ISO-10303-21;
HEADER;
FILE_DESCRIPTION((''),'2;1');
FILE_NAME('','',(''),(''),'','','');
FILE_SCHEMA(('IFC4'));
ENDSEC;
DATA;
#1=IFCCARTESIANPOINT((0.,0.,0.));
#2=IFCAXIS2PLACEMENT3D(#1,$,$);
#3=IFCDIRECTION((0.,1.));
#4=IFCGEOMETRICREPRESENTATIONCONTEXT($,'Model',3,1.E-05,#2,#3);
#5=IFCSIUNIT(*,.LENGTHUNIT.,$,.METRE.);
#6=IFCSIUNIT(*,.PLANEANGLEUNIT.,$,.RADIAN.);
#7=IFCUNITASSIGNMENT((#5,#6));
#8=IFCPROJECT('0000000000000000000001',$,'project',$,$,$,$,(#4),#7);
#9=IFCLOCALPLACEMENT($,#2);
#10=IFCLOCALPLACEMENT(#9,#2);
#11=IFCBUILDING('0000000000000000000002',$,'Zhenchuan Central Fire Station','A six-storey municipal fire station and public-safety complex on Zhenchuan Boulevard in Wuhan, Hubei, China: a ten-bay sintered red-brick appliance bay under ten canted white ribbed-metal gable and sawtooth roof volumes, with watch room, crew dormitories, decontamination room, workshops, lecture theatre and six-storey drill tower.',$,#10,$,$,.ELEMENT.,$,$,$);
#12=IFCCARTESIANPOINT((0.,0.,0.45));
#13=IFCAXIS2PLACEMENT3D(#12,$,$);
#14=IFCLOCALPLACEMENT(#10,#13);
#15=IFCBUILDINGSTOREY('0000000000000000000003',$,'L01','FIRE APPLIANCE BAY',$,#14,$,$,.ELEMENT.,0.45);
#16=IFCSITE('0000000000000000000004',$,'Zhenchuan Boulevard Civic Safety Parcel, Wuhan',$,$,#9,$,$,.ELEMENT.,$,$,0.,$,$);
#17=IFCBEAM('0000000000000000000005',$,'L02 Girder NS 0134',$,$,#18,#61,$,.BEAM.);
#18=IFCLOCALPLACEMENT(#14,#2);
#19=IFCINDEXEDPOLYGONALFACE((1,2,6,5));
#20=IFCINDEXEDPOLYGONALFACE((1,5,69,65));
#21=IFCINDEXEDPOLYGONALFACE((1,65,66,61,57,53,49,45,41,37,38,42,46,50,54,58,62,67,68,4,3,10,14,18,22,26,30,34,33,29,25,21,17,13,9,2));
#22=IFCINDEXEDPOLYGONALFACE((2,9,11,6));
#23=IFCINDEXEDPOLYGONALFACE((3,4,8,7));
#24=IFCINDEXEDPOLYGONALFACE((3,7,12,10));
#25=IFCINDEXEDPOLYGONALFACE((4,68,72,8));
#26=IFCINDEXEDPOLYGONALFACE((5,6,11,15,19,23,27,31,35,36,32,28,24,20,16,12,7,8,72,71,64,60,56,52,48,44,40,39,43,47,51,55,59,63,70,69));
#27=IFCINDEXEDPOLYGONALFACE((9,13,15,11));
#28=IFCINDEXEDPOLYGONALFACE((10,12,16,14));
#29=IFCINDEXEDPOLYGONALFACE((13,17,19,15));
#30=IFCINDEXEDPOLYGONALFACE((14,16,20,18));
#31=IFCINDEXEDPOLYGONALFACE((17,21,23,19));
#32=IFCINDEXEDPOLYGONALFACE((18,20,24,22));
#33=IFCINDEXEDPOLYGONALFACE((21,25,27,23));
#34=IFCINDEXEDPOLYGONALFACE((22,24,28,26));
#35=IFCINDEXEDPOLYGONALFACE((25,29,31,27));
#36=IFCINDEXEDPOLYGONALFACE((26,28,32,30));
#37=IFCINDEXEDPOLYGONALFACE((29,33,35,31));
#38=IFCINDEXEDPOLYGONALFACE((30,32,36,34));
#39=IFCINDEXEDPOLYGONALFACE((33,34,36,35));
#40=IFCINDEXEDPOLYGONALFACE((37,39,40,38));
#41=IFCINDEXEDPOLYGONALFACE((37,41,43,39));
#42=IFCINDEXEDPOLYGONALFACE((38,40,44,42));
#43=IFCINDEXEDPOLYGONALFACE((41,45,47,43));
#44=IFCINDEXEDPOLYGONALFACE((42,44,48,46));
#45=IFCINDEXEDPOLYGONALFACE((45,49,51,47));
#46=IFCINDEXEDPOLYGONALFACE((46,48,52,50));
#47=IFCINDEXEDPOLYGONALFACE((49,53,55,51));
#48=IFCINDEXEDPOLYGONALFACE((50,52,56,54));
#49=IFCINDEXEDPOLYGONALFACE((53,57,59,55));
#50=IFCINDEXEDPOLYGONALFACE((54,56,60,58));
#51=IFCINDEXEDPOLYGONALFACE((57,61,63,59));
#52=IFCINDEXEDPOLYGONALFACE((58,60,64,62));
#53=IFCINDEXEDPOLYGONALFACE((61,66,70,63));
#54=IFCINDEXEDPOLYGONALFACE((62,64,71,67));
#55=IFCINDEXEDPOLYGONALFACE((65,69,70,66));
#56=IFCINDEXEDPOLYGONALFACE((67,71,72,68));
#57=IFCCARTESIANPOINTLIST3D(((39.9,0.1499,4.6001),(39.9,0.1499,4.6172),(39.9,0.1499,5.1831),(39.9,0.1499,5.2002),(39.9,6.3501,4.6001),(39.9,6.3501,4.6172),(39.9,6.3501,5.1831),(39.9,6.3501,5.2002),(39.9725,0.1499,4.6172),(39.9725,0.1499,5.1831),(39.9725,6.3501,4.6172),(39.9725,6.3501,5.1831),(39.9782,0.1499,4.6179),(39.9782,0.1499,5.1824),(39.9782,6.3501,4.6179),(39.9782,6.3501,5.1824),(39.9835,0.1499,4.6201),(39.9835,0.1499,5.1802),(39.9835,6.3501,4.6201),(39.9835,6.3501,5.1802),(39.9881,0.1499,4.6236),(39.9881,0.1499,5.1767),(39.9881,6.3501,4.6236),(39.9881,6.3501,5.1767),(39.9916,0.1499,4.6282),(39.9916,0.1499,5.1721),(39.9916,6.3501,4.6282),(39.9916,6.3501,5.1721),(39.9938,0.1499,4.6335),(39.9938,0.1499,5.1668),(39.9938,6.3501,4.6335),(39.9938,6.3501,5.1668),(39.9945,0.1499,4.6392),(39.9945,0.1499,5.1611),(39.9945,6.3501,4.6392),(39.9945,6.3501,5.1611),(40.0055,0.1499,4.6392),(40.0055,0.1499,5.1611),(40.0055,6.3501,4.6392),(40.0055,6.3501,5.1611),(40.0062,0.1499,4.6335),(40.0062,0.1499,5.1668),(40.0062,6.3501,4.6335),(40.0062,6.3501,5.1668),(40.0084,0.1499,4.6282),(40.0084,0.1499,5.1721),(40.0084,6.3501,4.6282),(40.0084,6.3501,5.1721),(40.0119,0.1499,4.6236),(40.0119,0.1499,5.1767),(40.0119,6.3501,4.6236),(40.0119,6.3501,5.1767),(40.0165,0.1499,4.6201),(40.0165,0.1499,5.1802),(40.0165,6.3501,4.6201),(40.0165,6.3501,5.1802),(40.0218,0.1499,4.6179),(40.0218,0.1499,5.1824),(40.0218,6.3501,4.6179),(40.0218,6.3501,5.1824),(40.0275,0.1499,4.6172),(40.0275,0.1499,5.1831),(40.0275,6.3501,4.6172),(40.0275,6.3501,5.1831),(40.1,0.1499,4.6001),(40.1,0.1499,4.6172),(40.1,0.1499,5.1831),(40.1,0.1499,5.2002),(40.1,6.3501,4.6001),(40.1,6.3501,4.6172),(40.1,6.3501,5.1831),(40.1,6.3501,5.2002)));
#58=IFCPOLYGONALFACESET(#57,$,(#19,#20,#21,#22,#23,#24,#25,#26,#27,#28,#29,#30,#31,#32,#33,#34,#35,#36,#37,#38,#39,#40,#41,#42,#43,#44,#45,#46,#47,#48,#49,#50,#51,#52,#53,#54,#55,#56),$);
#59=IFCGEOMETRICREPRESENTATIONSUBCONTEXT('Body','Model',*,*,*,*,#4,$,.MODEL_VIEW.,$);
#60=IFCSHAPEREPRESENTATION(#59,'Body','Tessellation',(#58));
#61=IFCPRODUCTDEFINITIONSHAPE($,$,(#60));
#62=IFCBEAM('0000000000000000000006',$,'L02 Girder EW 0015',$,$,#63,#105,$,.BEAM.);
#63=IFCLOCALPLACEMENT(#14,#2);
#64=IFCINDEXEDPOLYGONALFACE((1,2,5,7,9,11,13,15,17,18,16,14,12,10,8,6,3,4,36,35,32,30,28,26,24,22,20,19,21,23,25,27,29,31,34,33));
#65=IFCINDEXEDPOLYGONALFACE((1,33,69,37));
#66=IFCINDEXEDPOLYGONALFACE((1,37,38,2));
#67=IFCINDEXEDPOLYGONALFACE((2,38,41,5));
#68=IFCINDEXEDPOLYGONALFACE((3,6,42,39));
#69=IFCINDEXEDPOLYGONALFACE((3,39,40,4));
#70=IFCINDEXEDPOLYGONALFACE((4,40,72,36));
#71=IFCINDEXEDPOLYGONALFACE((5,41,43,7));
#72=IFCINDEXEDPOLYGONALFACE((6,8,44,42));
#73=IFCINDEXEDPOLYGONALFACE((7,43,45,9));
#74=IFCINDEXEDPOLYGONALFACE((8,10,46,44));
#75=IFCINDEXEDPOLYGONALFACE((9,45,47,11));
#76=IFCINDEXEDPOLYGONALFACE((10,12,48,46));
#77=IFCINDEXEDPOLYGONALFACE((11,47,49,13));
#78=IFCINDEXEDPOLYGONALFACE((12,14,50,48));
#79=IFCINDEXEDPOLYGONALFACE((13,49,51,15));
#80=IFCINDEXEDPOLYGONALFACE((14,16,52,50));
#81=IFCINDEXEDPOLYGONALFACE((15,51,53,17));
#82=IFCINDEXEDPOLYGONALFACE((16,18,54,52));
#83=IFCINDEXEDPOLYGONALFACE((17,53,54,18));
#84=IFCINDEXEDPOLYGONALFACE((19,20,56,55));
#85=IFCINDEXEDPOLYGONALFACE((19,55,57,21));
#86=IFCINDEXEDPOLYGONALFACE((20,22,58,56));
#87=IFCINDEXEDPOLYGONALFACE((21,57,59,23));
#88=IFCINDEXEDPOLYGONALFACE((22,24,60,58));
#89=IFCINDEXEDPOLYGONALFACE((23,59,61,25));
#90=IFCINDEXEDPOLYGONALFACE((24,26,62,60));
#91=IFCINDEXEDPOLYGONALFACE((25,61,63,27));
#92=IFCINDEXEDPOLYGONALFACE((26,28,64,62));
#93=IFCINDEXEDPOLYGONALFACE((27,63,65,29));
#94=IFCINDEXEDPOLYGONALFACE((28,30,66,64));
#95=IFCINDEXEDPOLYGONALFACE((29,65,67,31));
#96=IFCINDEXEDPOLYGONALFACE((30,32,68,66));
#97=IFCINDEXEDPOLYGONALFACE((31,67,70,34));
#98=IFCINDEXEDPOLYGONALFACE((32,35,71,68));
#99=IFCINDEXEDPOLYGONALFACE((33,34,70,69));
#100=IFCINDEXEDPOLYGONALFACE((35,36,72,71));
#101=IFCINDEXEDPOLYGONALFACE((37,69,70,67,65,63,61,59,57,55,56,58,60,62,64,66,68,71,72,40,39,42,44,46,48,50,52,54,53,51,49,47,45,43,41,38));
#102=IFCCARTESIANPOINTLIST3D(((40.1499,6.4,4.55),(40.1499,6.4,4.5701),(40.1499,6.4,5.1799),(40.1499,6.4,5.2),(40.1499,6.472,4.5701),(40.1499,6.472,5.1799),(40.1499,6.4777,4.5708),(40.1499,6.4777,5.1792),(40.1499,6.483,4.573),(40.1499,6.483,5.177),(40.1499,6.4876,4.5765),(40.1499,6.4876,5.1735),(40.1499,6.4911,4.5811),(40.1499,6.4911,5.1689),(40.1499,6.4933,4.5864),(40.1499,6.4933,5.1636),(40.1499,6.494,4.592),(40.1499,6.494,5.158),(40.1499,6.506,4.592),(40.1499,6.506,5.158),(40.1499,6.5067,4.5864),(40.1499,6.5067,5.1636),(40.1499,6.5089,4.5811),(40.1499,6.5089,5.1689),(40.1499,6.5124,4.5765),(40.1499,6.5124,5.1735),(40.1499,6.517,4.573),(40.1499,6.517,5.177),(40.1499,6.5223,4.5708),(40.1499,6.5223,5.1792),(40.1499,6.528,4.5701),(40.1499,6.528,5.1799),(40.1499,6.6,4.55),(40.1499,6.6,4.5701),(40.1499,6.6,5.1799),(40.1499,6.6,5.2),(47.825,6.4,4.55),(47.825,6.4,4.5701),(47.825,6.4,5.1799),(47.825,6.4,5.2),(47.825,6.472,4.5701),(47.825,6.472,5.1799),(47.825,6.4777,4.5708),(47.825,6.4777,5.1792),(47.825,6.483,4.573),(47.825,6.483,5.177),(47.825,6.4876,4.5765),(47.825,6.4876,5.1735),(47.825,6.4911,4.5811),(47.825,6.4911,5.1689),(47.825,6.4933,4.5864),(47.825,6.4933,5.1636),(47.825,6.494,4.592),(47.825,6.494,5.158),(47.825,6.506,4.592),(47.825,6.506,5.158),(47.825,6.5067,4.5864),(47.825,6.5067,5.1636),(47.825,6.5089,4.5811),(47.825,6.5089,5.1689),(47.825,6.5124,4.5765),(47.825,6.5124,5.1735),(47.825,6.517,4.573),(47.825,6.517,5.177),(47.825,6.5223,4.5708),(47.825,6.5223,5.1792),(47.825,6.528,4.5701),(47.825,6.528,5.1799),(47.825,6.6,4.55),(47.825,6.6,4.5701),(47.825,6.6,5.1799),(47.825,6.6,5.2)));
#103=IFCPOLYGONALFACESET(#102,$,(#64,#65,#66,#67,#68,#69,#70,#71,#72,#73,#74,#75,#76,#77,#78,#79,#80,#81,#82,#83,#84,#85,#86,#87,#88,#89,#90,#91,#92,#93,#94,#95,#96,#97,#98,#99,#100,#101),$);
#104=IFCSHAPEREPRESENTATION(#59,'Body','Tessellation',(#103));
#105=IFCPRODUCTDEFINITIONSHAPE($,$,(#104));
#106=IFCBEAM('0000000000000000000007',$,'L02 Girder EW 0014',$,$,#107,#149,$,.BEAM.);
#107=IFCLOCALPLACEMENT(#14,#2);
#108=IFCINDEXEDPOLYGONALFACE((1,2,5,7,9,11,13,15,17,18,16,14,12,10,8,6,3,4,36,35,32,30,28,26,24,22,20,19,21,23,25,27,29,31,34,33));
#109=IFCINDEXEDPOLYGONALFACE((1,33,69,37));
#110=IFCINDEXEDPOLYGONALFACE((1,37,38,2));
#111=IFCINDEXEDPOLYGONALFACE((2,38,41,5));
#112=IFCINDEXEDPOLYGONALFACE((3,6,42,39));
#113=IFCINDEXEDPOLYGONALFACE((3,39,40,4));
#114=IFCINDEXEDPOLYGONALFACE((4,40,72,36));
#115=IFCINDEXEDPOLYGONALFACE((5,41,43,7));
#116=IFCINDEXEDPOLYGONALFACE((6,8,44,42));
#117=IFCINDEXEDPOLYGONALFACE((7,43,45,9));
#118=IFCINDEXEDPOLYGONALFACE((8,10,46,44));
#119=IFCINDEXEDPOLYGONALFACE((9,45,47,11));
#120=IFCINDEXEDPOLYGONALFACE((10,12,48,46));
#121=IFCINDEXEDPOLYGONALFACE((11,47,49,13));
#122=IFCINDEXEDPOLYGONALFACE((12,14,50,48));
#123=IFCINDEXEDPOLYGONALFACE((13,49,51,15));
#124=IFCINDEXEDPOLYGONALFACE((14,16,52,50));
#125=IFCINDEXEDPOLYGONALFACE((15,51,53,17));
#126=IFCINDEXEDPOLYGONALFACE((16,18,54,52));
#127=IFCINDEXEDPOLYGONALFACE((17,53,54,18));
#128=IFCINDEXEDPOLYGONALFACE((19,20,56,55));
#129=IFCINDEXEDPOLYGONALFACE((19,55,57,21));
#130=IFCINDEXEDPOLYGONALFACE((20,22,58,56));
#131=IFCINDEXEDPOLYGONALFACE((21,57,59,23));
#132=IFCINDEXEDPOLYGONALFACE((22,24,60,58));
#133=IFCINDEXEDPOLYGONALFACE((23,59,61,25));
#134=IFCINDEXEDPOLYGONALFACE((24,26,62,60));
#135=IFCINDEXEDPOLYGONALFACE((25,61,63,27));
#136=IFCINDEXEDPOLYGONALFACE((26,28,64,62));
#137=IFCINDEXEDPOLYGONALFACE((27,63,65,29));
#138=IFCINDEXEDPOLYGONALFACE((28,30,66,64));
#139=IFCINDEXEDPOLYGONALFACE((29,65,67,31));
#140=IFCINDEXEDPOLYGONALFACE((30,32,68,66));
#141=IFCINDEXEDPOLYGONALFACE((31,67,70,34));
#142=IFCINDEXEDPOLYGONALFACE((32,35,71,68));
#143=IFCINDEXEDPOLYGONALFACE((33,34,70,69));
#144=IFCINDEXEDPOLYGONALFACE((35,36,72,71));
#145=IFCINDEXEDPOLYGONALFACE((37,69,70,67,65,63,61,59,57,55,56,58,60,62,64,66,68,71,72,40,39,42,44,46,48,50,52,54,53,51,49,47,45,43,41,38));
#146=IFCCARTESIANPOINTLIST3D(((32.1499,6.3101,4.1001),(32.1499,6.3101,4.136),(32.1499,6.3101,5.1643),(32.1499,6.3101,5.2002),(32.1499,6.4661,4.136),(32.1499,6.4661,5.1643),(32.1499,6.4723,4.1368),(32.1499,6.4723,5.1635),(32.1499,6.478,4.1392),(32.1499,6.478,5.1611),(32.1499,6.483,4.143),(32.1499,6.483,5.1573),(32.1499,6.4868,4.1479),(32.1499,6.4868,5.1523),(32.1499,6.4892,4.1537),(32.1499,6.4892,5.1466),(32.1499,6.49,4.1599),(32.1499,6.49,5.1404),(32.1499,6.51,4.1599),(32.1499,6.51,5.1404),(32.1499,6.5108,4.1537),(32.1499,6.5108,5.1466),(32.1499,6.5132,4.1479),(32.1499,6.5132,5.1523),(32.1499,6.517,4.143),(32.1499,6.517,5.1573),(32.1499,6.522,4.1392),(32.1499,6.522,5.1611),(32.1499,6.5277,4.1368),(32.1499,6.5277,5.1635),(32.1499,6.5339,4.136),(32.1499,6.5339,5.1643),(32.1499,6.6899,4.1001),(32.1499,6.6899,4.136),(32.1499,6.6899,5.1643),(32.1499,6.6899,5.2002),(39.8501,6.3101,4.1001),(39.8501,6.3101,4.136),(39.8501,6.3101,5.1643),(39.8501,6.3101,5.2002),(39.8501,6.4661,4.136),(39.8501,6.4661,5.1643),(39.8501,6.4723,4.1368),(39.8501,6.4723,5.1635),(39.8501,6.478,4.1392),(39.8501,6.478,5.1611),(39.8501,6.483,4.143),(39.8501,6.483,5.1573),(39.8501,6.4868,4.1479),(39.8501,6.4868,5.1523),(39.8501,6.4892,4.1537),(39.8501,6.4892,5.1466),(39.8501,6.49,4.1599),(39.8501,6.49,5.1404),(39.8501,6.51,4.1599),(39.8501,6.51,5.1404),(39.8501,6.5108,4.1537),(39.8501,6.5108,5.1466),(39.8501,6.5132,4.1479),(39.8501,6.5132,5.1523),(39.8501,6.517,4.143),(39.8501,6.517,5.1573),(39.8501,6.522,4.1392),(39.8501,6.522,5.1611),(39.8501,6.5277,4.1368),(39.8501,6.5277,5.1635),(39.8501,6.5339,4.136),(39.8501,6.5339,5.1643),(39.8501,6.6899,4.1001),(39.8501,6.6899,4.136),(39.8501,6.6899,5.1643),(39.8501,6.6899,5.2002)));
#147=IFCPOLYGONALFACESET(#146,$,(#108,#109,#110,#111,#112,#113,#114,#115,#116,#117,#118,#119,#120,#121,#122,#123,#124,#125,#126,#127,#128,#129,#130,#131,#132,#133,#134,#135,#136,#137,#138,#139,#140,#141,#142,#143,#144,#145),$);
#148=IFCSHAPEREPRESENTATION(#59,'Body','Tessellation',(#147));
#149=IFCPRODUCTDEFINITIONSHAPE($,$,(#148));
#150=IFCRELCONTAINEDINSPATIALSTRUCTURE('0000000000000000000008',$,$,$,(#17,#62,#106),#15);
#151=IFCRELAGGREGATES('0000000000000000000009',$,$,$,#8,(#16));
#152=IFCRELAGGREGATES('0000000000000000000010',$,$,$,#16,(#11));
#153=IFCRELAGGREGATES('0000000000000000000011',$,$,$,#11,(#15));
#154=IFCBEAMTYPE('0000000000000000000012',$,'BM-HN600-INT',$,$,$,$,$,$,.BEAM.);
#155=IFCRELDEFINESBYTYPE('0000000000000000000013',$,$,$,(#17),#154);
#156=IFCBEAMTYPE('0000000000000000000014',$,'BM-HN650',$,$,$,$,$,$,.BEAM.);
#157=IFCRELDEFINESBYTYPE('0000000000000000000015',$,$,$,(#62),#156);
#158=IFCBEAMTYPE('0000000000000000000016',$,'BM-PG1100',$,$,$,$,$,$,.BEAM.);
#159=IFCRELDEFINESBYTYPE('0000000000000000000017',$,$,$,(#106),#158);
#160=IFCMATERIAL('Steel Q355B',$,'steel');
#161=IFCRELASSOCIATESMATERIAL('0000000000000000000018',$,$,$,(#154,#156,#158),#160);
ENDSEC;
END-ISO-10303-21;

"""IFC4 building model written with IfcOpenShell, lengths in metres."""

from ifc_helpers import new_model, si_unit, direction, frame, origin, origin_2d, place, context, subcontext, project, spatial, i_section, extrude, material, material_profile, profile_set, type_object, element, save


model = new_model("IFC4")

# Units and contexts
model_context = context("Model", 3, precision=1e-05, world=origin(), true_north=direction((0.0, 1.0)))
body_context = subcontext(model_context, "Body", "Model", "MODEL_VIEW")
ifc_project = project(units=[si_unit("LENGTHUNIT", "METRE"), si_unit("PLANEANGLEUNIT", "RADIAN")], contexts=[model_context])

# Site, building, storey
site_placement = place(None, origin())
site = spatial("IfcSite", under=ifc_project, at=site_placement, Name="Zhenchuan Boulevard Civic Safety Parcel, Wuhan", CompositionType="ELEMENT", RefElevation=0.0)
building_placement = place(site_placement, origin())
building = spatial("IfcBuilding", under=site, at=building_placement, Name="Zhenchuan Central Fire Station", Description="A six-storey municipal fire station and public-safety complex on Zhenchuan Boulevard in Wuhan, Hubei, China: a ten-bay sintered red-brick appliance bay under ten canted white ribbed-metal gable and sawtooth roof volumes, with watch room, crew dormitories, decontamination room, workshops, lecture theatre and six-storey drill tower.", CompositionType="ELEMENT")
storey_placement = place(building_placement, frame((0.0, 0.0, 0.45)))
storey = spatial("IfcBuildingStorey", under=building, at=storey_placement, Name="L01", Description="FIRE APPLIANCE BAY", CompositionType="ELEMENT", Elevation=0.45)

# Shared definitions
ifc_material_1 = material(Name="Steel Q355B", Category="steel")

# Beams
ifc_material_profile_1 = material_profile(ifc_material_1, i_section(OverallWidth=0.2, OverallDepth=0.6001, WebThickness=0.011, FlangeThickness=0.0171, FilletRadius=0.022, at=origin_2d()), Name="HN 600x200")
ifc_profile_set_1 = profile_set([ifc_material_profile_1], Name="Steel Q355B")
beam_type_1 = type_object("IfcBeamType", Name="BM-HN600-INT", PredefinedType="BEAM", material=ifc_profile_set_1)
beam_1_placement = place(storey_placement, frame((40.0, 0.1499, 4.9001), z_axis=(0.0, 1.0, 0.0), x_axis=(-1.0, 0.0, 0.0)))
element("IfcBeam", 1, at=beam_1_placement, inside=storey, type_object=beam_type_1, Name="L02 Girder NS 0134", PredefinedType="BEAM", context=body_context, shape_type="SweptSolid", body=[
    extrude(i_section(OverallWidth=0.2, OverallDepth=0.6001, WebThickness=0.011, FlangeThickness=0.0171, FilletRadius=0.022, at=origin_2d()), origin(), (0.0, 0.0, 1.0), 6.2002),
])
ifc_material_profile_2 = material_profile(ifc_material_1, i_section(OverallWidth=0.2, OverallDepth=0.6499, WebThickness=0.012, FlangeThickness=0.02, FilletRadius=0.022, at=origin_2d()), Name="HN 650x200")
ifc_profile_set_2 = profile_set([ifc_material_profile_2], Name="Steel Q355B")
beam_type_2 = type_object("IfcBeamType", Name="BM-HN650", PredefinedType="BEAM", material=ifc_profile_set_2)
beam_2_placement = place(storey_placement, frame((40.1499, 6.5, 4.875), z_axis=(1.0, 0.0, 0.0), x_axis=(0.0, 1.0, 0.0)))
element("IfcBeam", 2, at=beam_2_placement, inside=storey, type_object=beam_type_2, Name="L02 Girder EW 0015", PredefinedType="BEAM", context=body_context, shape_type="SweptSolid", body=[
    extrude(i_section(OverallWidth=0.2, OverallDepth=0.6499, WebThickness=0.012, FlangeThickness=0.02, FilletRadius=0.022, at=origin_2d()), origin(), (0.0, 0.0, 1.0), 7.675),
])
ifc_material_profile_3 = material_profile(ifc_material_1, i_section(OverallWidth=0.3799, OverallDepth=1.1001, WebThickness=0.02, FlangeThickness=0.0359, FilletRadius=0.0239, at=origin_2d()), Name="PG 1100x380")
ifc_profile_set_3 = profile_set([ifc_material_profile_3], Name="Steel Q355B")
beam_type_3 = type_object("IfcBeamType", Name="BM-PG1100", PredefinedType="BEAM", material=ifc_profile_set_3)
beam_3_placement = place(storey_placement, frame((32.1499, 6.5, 4.6501), z_axis=(1.0, 0.0, 0.0), x_axis=(0.0, 1.0, 0.0)))
element("IfcBeam", 3, at=beam_3_placement, inside=storey, type_object=beam_type_3, Name="L02 Girder EW 0014", PredefinedType="BEAM", context=body_context, shape_type="SweptSolid", body=[
    extrude(i_section(OverallWidth=0.3799, OverallDepth=1.1001, WebThickness=0.02, FlangeThickness=0.0359, FilletRadius=0.0239, at=origin_2d()), origin(), (0.0, 0.0, 1.0), 7.7002),
])

save(model, "model.ifc")
